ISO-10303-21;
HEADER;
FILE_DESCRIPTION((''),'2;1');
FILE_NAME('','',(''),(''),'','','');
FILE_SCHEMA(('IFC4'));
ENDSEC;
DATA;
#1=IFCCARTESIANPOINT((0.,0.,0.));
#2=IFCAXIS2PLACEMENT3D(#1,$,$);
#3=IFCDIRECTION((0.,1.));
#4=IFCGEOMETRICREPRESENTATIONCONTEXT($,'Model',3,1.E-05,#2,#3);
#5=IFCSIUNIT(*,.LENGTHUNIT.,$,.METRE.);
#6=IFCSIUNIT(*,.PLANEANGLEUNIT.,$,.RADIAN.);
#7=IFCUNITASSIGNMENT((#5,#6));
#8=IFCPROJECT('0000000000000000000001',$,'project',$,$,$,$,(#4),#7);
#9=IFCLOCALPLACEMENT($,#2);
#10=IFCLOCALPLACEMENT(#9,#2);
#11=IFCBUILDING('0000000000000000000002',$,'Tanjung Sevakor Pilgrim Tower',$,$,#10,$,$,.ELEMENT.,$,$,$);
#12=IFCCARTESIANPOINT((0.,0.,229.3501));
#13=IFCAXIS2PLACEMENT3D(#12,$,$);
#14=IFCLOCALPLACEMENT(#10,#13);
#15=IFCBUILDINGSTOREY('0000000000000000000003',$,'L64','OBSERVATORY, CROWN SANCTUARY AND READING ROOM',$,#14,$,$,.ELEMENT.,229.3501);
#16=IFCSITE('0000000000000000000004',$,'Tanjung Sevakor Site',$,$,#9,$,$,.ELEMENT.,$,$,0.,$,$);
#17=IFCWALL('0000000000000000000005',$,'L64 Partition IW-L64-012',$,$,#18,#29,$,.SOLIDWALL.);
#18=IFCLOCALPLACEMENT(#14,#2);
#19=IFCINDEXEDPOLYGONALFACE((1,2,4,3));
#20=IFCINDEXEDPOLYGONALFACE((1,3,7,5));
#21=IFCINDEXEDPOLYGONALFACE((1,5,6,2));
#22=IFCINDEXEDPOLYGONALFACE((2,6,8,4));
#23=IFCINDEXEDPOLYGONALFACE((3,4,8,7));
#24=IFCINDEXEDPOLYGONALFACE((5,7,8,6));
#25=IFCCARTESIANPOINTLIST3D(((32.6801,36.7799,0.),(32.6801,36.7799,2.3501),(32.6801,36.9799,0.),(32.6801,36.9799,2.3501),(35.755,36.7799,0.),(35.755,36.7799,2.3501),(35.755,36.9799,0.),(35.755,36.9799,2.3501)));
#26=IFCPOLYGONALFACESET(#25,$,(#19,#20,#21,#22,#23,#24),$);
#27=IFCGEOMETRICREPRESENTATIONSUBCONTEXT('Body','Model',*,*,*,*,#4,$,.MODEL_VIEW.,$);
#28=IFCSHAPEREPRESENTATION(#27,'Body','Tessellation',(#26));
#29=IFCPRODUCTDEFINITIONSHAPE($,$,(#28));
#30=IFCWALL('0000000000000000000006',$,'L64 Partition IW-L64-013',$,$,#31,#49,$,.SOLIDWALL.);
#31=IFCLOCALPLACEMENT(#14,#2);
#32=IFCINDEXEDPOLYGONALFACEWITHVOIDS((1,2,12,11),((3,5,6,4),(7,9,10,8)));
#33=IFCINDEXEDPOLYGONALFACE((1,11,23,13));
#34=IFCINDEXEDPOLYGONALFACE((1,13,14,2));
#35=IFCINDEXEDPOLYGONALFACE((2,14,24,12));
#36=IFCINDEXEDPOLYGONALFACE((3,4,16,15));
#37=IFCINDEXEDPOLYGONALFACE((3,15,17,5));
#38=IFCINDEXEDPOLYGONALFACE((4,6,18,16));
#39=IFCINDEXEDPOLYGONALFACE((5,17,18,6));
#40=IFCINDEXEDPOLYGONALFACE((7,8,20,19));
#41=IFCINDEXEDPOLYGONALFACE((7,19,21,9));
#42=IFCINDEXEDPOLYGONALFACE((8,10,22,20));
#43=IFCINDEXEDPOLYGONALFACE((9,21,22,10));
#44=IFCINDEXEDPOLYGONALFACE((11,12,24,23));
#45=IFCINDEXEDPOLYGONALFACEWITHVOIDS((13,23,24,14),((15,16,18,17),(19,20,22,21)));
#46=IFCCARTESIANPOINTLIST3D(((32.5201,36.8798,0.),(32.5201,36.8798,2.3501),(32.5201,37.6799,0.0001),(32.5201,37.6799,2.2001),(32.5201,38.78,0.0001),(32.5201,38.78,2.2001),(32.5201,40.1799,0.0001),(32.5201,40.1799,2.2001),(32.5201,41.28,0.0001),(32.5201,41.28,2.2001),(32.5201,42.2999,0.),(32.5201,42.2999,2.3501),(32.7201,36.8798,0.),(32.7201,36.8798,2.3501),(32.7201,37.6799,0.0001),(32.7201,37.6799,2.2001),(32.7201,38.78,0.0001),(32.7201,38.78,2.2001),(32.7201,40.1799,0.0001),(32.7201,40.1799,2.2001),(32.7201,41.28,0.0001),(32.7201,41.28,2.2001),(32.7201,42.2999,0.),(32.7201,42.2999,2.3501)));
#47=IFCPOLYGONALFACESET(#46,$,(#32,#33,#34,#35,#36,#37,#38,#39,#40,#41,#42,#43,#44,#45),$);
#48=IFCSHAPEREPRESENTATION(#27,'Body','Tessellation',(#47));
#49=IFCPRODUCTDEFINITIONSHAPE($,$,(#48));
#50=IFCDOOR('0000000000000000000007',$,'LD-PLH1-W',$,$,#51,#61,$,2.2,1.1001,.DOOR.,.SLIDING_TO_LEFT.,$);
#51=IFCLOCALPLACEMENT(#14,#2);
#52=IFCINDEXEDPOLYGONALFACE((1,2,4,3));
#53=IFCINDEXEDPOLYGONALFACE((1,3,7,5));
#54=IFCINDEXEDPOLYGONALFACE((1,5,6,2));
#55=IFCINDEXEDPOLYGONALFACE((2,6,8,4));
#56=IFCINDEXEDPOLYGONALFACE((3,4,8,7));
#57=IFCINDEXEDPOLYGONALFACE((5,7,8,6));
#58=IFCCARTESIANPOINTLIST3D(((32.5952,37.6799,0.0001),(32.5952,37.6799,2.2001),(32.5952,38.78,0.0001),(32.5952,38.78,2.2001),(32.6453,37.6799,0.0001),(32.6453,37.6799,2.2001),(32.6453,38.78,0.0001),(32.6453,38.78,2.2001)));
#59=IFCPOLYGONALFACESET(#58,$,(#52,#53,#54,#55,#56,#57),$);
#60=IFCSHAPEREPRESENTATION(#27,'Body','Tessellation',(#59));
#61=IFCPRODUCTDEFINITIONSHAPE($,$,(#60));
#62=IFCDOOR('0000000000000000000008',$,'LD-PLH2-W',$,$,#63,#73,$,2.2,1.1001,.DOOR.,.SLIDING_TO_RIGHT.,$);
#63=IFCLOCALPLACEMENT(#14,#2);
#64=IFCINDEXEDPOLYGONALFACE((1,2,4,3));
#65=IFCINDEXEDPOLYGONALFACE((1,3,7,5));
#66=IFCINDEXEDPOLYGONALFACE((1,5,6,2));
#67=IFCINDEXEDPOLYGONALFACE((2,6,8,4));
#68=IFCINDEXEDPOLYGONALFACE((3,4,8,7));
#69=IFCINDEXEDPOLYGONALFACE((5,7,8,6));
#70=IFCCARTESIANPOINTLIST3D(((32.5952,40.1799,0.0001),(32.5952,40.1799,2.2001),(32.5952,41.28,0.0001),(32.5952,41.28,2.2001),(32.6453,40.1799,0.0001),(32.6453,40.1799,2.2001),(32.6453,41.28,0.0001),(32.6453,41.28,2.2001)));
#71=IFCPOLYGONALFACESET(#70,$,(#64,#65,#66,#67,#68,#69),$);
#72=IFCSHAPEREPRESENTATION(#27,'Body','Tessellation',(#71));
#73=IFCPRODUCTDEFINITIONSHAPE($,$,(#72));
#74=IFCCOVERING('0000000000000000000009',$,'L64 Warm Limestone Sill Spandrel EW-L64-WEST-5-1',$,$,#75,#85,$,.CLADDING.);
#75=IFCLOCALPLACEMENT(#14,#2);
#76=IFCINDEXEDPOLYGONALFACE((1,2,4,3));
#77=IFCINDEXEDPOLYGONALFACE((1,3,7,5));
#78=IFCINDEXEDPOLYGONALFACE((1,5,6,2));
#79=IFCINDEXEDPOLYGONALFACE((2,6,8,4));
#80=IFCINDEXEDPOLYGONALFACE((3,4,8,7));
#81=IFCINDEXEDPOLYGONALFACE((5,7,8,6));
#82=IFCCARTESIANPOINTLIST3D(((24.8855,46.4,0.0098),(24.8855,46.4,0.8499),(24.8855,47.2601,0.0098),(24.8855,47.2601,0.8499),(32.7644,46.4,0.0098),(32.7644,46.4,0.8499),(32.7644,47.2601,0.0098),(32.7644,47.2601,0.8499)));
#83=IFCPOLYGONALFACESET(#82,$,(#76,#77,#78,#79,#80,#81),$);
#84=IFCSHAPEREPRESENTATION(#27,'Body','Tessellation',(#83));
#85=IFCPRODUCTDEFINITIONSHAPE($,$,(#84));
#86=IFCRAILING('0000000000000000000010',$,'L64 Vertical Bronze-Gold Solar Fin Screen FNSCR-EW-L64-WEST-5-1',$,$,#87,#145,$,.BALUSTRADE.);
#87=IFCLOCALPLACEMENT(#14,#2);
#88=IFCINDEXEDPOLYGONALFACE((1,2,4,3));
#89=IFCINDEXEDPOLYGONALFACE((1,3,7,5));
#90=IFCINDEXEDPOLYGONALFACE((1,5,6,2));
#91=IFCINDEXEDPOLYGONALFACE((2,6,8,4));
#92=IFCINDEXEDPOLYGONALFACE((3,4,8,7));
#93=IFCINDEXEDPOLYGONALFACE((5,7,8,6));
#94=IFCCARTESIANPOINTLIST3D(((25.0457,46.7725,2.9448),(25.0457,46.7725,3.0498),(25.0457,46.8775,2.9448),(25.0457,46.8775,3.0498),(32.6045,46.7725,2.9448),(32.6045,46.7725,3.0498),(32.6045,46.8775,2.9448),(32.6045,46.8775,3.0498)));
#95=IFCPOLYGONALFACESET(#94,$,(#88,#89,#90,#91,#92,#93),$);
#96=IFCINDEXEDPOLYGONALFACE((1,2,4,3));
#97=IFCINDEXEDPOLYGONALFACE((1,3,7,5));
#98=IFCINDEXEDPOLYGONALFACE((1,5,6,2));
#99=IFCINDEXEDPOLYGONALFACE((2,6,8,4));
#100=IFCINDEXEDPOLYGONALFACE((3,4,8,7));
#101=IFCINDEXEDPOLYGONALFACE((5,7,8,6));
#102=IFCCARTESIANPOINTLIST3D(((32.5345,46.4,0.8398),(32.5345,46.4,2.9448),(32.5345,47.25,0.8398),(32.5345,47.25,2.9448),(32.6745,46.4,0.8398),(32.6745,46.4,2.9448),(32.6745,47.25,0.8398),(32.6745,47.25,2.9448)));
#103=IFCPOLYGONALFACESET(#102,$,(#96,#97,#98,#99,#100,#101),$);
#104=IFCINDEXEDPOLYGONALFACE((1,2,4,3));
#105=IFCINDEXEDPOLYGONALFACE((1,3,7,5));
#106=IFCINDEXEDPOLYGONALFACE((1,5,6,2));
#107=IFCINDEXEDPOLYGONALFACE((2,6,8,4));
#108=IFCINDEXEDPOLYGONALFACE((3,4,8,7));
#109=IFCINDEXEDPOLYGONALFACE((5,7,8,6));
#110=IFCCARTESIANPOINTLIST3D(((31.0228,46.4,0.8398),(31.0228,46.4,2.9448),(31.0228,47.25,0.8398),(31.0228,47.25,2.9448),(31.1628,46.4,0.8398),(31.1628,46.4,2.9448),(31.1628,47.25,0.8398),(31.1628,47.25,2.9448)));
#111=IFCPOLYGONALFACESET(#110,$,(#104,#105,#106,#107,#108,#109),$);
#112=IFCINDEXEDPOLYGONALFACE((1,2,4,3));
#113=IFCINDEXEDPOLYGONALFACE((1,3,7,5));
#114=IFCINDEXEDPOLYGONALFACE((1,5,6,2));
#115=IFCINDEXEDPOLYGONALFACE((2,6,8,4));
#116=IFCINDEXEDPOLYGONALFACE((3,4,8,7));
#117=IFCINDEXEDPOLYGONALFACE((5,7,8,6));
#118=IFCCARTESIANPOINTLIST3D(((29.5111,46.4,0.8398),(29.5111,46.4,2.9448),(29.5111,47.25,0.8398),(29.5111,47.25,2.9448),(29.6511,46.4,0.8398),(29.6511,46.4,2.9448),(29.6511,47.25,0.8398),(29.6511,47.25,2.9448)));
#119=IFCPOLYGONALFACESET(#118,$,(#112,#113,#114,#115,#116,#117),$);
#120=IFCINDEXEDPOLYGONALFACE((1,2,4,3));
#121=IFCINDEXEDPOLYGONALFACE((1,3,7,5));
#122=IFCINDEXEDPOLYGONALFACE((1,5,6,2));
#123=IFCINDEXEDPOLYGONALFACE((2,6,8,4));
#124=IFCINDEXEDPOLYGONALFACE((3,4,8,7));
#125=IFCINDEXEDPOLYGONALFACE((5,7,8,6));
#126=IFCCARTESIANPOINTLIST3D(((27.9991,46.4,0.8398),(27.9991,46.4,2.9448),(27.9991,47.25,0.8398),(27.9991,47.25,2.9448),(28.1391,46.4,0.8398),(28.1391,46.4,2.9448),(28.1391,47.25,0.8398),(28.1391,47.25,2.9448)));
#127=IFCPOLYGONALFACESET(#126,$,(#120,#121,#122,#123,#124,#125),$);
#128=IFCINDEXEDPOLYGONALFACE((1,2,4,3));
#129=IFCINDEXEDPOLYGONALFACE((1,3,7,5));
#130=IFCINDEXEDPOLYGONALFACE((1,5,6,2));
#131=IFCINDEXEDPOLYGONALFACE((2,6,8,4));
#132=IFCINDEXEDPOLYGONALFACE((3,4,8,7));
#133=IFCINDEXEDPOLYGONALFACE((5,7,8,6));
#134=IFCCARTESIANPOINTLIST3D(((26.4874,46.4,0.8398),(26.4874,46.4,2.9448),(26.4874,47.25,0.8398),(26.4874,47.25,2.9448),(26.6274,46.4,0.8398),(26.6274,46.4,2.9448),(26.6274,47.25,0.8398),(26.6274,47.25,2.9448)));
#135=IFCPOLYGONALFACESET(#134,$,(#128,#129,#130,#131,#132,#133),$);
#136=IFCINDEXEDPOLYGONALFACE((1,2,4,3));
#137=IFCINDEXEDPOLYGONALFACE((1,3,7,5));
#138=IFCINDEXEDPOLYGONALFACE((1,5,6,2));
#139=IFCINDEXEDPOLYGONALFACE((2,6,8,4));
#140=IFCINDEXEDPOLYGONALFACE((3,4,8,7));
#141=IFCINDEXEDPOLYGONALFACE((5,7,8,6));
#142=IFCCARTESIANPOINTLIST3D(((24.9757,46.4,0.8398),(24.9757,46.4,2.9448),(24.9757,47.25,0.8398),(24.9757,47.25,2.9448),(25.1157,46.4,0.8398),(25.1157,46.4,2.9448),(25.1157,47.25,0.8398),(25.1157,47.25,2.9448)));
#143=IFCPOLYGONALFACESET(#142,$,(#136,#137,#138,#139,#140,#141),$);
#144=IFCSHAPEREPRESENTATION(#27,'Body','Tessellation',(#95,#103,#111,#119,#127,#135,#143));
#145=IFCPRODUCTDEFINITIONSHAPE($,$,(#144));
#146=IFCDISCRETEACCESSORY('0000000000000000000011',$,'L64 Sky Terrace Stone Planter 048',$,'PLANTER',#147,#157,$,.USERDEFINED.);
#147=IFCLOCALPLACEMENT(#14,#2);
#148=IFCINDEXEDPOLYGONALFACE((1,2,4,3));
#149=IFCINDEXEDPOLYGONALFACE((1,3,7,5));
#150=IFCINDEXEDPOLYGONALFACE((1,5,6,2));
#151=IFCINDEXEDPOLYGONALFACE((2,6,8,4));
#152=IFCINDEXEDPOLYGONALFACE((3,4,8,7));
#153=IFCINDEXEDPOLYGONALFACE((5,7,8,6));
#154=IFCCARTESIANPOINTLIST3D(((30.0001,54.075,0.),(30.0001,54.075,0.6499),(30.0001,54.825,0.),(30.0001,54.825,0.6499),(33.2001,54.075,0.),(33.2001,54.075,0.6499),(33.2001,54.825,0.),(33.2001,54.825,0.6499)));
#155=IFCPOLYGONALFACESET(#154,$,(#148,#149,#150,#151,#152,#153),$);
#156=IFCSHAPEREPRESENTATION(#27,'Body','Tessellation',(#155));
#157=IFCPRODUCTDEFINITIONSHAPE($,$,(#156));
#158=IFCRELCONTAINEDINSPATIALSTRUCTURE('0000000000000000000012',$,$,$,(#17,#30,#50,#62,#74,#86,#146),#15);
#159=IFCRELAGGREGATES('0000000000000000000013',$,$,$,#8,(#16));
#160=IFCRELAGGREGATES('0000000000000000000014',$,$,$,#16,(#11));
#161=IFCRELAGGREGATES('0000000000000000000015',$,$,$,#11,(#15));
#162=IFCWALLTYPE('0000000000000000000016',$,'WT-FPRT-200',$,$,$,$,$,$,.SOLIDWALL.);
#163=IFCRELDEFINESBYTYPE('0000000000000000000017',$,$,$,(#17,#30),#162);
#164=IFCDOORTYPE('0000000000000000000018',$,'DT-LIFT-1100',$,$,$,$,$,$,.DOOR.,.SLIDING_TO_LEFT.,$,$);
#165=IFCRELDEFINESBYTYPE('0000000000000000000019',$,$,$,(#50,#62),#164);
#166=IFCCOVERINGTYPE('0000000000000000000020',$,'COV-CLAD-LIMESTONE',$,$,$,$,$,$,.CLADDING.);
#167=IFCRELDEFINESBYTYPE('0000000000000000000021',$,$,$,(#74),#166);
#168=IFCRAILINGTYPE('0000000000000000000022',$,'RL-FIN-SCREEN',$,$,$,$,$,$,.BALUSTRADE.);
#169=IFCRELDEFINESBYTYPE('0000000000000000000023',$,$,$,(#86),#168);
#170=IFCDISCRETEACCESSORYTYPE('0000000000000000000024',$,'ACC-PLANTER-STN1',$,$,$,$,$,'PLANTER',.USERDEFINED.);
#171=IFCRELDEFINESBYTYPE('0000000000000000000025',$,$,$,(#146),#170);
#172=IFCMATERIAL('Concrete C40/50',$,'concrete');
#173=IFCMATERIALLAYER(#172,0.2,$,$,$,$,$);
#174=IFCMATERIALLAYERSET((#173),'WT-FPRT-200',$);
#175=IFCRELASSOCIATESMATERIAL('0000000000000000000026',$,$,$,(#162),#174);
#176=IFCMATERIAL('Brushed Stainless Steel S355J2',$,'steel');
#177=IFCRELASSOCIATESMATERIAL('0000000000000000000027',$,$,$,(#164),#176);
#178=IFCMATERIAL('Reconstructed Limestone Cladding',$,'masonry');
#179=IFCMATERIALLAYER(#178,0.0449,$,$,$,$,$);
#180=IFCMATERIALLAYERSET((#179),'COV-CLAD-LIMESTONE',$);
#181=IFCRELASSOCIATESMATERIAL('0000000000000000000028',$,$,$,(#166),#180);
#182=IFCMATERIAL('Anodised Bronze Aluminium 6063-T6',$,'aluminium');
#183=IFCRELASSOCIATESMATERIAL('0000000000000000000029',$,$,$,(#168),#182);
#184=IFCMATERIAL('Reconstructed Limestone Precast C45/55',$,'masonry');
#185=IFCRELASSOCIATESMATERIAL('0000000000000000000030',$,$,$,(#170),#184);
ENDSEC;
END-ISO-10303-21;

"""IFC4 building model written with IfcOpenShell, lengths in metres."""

from ifc_helpers import new_model, si_unit, direction, frame, frame_2d, origin, origin_2d, place, context, subcontext, project, spatial, rectangle, extrude, material, layer, layer_set, type_object, element, fill, save


model = new_model("IFC4")

# Units and contexts
model_context = context("Model", 3, precision=1e-05, world=origin(), true_north=direction((0.0, 1.0)))
body_context = subcontext(model_context, "Body", "Model", "MODEL_VIEW")
ifc_project = project(units=[si_unit("LENGTHUNIT", "METRE"), si_unit("PLANEANGLEUNIT", "RADIAN")], contexts=[model_context])

# Site, building, storey
site_placement = place(None, origin())
site = spatial("IfcSite", under=ifc_project, at=site_placement, Name="Tanjung Sevakor Site", CompositionType="ELEMENT", RefElevation=0.0)
building_placement = place(site_placement, origin())
building = spatial("IfcBuilding", under=site, at=building_placement, Name="Tanjung Sevakor Pilgrim Tower", CompositionType="ELEMENT")
storey_placement = place(building_placement, frame((0.0, 0.0, 229.3501)))
storey = spatial("IfcBuildingStorey", under=building, at=storey_placement, Name="L64", Description="OBSERVATORY, CROWN SANCTUARY AND READING ROOM", CompositionType="ELEMENT", Elevation=229.3501)

# Wall
ifc_material_1 = material(Name="Concrete C40/50", Category="concrete")
ifc_layer_1 = layer(ifc_material_1, 0.2)
ifc_layer_set_1 = layer_set([ifc_layer_1], Name="WT-FPRT-200")
wall_type_1 = type_object("IfcWallType", Name="WT-FPRT-200", PredefinedType="SOLIDWALL", material=ifc_layer_set_1)
wall_1_placement = place(storey_placement, frame((32.6799, 36.8799, 0.0), z_axis=(0.0, 0.0, 1.0), x_axis=(1.0, 0.0, 0.0)))
element("IfcWall", 1, at=wall_1_placement, inside=storey, type_object=wall_type_1, Name="L64 Partition IW-L64-012", PredefinedType="SOLIDWALL", context=body_context, shape_type="SweptSolid", body=[
    extrude(rectangle(XDim=3.075, YDim=0.2, at=frame_2d((1.5376, 0.0))), origin(), (0.0, 0.0, 1.0), 2.3501),
])

# Wall, openings, doors
wall_2_placement = place(storey_placement, frame((32.6201, 36.8799, 0.0), z_axis=(0.0, 0.0, 1.0), x_axis=(0.0, 1.0, 0.0)))
wall_2 = element("IfcWall", 2, at=wall_2_placement, inside=storey, type_object=wall_type_1, Name="L64 Partition IW-L64-013", PredefinedType="SOLIDWALL", context=body_context, shape_type="SweptSolid", body=[
    extrude(rectangle(XDim=5.4202, YDim=0.2, at=frame_2d((2.71, 0.0))), origin(), (0.0, 0.0, 1.0), 2.3501),
])
opening_1_placement = place(wall_2_placement, frame((0.8, 0.0, 0.0)))
opening_1 = element("IfcOpeningElement", 3, at=opening_1_placement, cuts=wall_2, PredefinedType="OPENING", context=body_context, shape_type="SweptSolid", body=[
    extrude(rectangle(XDim=1.1001, YDim=2.2, at=frame_2d((0.55, 1.1001))), frame((0.0, 0.1099, 0.0), z_axis=(0.0, -1.0, 0.0), x_axis=(1.0, 0.0, 0.0)), (0.0, 0.0, 1.0), 0.22),
])
opening_2_placement = place(wall_2_placement, frame((3.3, 0.0, 0.0)))
opening_2 = element("IfcOpeningElement", 4, at=opening_2_placement, cuts=wall_2, PredefinedType="OPENING", context=body_context, shape_type="SweptSolid", body=[
    extrude(rectangle(XDim=1.1001, YDim=2.2, at=frame_2d((0.55, 1.1001))), frame((0.0, 0.1099, 0.0), z_axis=(0.0, -1.0, 0.0), x_axis=(1.0, 0.0, 0.0)), (0.0, 0.0, 1.0), 0.22),
])
ifc_material_2 = material(Name="Brushed Stainless Steel S355J2", Category="steel")
door_type_1 = type_object("IfcDoorType", Name="DT-LIFT-1100", OperationType="SLIDING_TO_LEFT", PredefinedType="DOOR", material=ifc_material_2)
door_1_placement = place(opening_1_placement, origin())
door_1 = element("IfcDoor", 5, at=door_1_placement, inside=storey, type_object=door_type_1, Name="LD-PLH1-W", OperationType="SLIDING_TO_LEFT", OverallHeight=2.2, OverallWidth=1.1001, PredefinedType="DOOR", context=body_context, shape_type="SweptSolid", body=[
    extrude(rectangle(XDim=1.1001, YDim=2.2, at=frame_2d((0.55, 1.1001))), frame((0.0, 0.0249, 0.0), z_axis=(0.0, -1.0, 0.0), x_axis=(1.0, 0.0, 0.0)), (0.0, 0.0, 1.0), 0.05),
])
fill(opening_1, door_1)
door_2_placement = place(opening_2_placement, origin())
door_2 = element("IfcDoor", 6, at=door_2_placement, inside=storey, type_object=door_type_1, Name="LD-PLH2-W", OperationType="SLIDING_TO_RIGHT", OverallHeight=2.2, OverallWidth=1.1001, PredefinedType="DOOR", context=body_context, shape_type="SweptSolid", body=[
    extrude(rectangle(XDim=1.1001, YDim=2.2, at=frame_2d((0.55, 1.1001))), frame((0.0, 0.0249, 0.0), z_axis=(0.0, -1.0, 0.0), x_axis=(1.0, 0.0, 0.0)), (0.0, 0.0, 1.0), 0.05),
])
fill(opening_2, door_2)

# Covering
ifc_material_3 = material(Name="Reconstructed Limestone Cladding", Category="masonry")
ifc_layer_2 = layer(ifc_material_3, 0.0449)
ifc_layer_set_2 = layer_set([ifc_layer_2], Name="COV-CLAD-LIMESTONE")
covering_type = type_object("IfcCoveringType", Name="COV-CLAD-LIMESTONE", PredefinedType="CLADDING", material=ifc_layer_set_2)
covering_placement = place(storey_placement, frame((28.825, 46.8301, 0.0098), z_axis=(0.0, 0.0, 1.0), x_axis=(-1.0, 0.0, 0.0)))
element("IfcCovering", 7, at=covering_placement, inside=storey, type_object=covering_type, Name="L64 Warm Limestone Sill Spandrel EW-L64-WEST-5-1", PredefinedType="CLADDING", context=body_context, shape_type="SweptSolid", body=[
    extrude(rectangle(XDim=7.8789, YDim=0.8601, at=origin_2d()), origin(), (0.0, 0.0, 1.0), 0.8401),
])

# Railing
ifc_material_4 = material(Name="Anodised Bronze Aluminium 6063-T6", Category="aluminium")
railing_type = type_object("IfcRailingType", Name="RL-FIN-SCREEN", PredefinedType="BALUSTRADE", material=ifc_material_4)
railing_placement = place(storey_placement, frame((32.6045, 46.825, 0.8398)))
element("IfcRailing", 8, at=railing_placement, inside=storey, type_object=railing_type, Name="L64 Vertical Bronze-Gold Solar Fin Screen FNSCR-EW-L64-WEST-5-1", PredefinedType="BALUSTRADE", context=body_context, shape_type="SweptSolid", body=[
    extrude(rectangle(XDim=0.105, YDim=0.105), frame((0.0, 0.0, 2.1575), z_axis=(-1.0, 0.0, 0.0), x_axis=(0.0, -1.0, 0.0)), (0.0, 0.0, 1.0), 7.5588),
    extrude(rectangle(XDim=0.14, YDim=0.85), origin(), (0.0, 0.0, 1.0), 2.105),
    extrude(rectangle(XDim=0.14, YDim=0.85), frame((-1.5117, 0.0, 0.0)), (0.0, 0.0, 1.0), 2.105),
    extrude(rectangle(XDim=0.14, YDim=0.85), frame((-3.0234, 0.0, 0.0)), (0.0, 0.0, 1.0), 2.105),
    extrude(rectangle(XDim=0.14, YDim=0.85), frame((-4.5354, 0.0, 0.0)), (0.0, 0.0, 1.0), 2.105),
    extrude(rectangle(XDim=0.14, YDim=0.85), frame((-6.0471, 0.0, 0.0)), (0.0, 0.0, 1.0), 2.105),
    extrude(rectangle(XDim=0.14, YDim=0.85), frame((-7.5588, 0.0, 0.0)), (0.0, 0.0, 1.0), 2.105),
])

# Discrete accessory
ifc_material_5 = material(Name="Reconstructed Limestone Precast C45/55", Category="masonry")
discrete_accessory_type = type_object("IfcDiscreteAccessoryType", Name="ACC-PLANTER-STN1", ElementType="PLANTER", PredefinedType="USERDEFINED", material=ifc_material_5)
discrete_accessory_placement = place(storey_placement, frame((31.6001, 54.45, 0.0), z_axis=(0.0, 0.0, 1.0), x_axis=(1.0, 0.0, 0.0)))
element("IfcDiscreteAccessory", 9, at=discrete_accessory_placement, inside=storey, type_object=discrete_accessory_type, Name="L64 Sky Terrace Stone Planter 048", ObjectType="PLANTER", PredefinedType="USERDEFINED", context=body_context, shape_type="SweptSolid", body=[
    extrude(rectangle(XDim=3.2, YDim=0.75, at=origin_2d()), origin(), (0.0, 0.0, 1.0), 0.6499),
])

save(model, "model.ifc")
